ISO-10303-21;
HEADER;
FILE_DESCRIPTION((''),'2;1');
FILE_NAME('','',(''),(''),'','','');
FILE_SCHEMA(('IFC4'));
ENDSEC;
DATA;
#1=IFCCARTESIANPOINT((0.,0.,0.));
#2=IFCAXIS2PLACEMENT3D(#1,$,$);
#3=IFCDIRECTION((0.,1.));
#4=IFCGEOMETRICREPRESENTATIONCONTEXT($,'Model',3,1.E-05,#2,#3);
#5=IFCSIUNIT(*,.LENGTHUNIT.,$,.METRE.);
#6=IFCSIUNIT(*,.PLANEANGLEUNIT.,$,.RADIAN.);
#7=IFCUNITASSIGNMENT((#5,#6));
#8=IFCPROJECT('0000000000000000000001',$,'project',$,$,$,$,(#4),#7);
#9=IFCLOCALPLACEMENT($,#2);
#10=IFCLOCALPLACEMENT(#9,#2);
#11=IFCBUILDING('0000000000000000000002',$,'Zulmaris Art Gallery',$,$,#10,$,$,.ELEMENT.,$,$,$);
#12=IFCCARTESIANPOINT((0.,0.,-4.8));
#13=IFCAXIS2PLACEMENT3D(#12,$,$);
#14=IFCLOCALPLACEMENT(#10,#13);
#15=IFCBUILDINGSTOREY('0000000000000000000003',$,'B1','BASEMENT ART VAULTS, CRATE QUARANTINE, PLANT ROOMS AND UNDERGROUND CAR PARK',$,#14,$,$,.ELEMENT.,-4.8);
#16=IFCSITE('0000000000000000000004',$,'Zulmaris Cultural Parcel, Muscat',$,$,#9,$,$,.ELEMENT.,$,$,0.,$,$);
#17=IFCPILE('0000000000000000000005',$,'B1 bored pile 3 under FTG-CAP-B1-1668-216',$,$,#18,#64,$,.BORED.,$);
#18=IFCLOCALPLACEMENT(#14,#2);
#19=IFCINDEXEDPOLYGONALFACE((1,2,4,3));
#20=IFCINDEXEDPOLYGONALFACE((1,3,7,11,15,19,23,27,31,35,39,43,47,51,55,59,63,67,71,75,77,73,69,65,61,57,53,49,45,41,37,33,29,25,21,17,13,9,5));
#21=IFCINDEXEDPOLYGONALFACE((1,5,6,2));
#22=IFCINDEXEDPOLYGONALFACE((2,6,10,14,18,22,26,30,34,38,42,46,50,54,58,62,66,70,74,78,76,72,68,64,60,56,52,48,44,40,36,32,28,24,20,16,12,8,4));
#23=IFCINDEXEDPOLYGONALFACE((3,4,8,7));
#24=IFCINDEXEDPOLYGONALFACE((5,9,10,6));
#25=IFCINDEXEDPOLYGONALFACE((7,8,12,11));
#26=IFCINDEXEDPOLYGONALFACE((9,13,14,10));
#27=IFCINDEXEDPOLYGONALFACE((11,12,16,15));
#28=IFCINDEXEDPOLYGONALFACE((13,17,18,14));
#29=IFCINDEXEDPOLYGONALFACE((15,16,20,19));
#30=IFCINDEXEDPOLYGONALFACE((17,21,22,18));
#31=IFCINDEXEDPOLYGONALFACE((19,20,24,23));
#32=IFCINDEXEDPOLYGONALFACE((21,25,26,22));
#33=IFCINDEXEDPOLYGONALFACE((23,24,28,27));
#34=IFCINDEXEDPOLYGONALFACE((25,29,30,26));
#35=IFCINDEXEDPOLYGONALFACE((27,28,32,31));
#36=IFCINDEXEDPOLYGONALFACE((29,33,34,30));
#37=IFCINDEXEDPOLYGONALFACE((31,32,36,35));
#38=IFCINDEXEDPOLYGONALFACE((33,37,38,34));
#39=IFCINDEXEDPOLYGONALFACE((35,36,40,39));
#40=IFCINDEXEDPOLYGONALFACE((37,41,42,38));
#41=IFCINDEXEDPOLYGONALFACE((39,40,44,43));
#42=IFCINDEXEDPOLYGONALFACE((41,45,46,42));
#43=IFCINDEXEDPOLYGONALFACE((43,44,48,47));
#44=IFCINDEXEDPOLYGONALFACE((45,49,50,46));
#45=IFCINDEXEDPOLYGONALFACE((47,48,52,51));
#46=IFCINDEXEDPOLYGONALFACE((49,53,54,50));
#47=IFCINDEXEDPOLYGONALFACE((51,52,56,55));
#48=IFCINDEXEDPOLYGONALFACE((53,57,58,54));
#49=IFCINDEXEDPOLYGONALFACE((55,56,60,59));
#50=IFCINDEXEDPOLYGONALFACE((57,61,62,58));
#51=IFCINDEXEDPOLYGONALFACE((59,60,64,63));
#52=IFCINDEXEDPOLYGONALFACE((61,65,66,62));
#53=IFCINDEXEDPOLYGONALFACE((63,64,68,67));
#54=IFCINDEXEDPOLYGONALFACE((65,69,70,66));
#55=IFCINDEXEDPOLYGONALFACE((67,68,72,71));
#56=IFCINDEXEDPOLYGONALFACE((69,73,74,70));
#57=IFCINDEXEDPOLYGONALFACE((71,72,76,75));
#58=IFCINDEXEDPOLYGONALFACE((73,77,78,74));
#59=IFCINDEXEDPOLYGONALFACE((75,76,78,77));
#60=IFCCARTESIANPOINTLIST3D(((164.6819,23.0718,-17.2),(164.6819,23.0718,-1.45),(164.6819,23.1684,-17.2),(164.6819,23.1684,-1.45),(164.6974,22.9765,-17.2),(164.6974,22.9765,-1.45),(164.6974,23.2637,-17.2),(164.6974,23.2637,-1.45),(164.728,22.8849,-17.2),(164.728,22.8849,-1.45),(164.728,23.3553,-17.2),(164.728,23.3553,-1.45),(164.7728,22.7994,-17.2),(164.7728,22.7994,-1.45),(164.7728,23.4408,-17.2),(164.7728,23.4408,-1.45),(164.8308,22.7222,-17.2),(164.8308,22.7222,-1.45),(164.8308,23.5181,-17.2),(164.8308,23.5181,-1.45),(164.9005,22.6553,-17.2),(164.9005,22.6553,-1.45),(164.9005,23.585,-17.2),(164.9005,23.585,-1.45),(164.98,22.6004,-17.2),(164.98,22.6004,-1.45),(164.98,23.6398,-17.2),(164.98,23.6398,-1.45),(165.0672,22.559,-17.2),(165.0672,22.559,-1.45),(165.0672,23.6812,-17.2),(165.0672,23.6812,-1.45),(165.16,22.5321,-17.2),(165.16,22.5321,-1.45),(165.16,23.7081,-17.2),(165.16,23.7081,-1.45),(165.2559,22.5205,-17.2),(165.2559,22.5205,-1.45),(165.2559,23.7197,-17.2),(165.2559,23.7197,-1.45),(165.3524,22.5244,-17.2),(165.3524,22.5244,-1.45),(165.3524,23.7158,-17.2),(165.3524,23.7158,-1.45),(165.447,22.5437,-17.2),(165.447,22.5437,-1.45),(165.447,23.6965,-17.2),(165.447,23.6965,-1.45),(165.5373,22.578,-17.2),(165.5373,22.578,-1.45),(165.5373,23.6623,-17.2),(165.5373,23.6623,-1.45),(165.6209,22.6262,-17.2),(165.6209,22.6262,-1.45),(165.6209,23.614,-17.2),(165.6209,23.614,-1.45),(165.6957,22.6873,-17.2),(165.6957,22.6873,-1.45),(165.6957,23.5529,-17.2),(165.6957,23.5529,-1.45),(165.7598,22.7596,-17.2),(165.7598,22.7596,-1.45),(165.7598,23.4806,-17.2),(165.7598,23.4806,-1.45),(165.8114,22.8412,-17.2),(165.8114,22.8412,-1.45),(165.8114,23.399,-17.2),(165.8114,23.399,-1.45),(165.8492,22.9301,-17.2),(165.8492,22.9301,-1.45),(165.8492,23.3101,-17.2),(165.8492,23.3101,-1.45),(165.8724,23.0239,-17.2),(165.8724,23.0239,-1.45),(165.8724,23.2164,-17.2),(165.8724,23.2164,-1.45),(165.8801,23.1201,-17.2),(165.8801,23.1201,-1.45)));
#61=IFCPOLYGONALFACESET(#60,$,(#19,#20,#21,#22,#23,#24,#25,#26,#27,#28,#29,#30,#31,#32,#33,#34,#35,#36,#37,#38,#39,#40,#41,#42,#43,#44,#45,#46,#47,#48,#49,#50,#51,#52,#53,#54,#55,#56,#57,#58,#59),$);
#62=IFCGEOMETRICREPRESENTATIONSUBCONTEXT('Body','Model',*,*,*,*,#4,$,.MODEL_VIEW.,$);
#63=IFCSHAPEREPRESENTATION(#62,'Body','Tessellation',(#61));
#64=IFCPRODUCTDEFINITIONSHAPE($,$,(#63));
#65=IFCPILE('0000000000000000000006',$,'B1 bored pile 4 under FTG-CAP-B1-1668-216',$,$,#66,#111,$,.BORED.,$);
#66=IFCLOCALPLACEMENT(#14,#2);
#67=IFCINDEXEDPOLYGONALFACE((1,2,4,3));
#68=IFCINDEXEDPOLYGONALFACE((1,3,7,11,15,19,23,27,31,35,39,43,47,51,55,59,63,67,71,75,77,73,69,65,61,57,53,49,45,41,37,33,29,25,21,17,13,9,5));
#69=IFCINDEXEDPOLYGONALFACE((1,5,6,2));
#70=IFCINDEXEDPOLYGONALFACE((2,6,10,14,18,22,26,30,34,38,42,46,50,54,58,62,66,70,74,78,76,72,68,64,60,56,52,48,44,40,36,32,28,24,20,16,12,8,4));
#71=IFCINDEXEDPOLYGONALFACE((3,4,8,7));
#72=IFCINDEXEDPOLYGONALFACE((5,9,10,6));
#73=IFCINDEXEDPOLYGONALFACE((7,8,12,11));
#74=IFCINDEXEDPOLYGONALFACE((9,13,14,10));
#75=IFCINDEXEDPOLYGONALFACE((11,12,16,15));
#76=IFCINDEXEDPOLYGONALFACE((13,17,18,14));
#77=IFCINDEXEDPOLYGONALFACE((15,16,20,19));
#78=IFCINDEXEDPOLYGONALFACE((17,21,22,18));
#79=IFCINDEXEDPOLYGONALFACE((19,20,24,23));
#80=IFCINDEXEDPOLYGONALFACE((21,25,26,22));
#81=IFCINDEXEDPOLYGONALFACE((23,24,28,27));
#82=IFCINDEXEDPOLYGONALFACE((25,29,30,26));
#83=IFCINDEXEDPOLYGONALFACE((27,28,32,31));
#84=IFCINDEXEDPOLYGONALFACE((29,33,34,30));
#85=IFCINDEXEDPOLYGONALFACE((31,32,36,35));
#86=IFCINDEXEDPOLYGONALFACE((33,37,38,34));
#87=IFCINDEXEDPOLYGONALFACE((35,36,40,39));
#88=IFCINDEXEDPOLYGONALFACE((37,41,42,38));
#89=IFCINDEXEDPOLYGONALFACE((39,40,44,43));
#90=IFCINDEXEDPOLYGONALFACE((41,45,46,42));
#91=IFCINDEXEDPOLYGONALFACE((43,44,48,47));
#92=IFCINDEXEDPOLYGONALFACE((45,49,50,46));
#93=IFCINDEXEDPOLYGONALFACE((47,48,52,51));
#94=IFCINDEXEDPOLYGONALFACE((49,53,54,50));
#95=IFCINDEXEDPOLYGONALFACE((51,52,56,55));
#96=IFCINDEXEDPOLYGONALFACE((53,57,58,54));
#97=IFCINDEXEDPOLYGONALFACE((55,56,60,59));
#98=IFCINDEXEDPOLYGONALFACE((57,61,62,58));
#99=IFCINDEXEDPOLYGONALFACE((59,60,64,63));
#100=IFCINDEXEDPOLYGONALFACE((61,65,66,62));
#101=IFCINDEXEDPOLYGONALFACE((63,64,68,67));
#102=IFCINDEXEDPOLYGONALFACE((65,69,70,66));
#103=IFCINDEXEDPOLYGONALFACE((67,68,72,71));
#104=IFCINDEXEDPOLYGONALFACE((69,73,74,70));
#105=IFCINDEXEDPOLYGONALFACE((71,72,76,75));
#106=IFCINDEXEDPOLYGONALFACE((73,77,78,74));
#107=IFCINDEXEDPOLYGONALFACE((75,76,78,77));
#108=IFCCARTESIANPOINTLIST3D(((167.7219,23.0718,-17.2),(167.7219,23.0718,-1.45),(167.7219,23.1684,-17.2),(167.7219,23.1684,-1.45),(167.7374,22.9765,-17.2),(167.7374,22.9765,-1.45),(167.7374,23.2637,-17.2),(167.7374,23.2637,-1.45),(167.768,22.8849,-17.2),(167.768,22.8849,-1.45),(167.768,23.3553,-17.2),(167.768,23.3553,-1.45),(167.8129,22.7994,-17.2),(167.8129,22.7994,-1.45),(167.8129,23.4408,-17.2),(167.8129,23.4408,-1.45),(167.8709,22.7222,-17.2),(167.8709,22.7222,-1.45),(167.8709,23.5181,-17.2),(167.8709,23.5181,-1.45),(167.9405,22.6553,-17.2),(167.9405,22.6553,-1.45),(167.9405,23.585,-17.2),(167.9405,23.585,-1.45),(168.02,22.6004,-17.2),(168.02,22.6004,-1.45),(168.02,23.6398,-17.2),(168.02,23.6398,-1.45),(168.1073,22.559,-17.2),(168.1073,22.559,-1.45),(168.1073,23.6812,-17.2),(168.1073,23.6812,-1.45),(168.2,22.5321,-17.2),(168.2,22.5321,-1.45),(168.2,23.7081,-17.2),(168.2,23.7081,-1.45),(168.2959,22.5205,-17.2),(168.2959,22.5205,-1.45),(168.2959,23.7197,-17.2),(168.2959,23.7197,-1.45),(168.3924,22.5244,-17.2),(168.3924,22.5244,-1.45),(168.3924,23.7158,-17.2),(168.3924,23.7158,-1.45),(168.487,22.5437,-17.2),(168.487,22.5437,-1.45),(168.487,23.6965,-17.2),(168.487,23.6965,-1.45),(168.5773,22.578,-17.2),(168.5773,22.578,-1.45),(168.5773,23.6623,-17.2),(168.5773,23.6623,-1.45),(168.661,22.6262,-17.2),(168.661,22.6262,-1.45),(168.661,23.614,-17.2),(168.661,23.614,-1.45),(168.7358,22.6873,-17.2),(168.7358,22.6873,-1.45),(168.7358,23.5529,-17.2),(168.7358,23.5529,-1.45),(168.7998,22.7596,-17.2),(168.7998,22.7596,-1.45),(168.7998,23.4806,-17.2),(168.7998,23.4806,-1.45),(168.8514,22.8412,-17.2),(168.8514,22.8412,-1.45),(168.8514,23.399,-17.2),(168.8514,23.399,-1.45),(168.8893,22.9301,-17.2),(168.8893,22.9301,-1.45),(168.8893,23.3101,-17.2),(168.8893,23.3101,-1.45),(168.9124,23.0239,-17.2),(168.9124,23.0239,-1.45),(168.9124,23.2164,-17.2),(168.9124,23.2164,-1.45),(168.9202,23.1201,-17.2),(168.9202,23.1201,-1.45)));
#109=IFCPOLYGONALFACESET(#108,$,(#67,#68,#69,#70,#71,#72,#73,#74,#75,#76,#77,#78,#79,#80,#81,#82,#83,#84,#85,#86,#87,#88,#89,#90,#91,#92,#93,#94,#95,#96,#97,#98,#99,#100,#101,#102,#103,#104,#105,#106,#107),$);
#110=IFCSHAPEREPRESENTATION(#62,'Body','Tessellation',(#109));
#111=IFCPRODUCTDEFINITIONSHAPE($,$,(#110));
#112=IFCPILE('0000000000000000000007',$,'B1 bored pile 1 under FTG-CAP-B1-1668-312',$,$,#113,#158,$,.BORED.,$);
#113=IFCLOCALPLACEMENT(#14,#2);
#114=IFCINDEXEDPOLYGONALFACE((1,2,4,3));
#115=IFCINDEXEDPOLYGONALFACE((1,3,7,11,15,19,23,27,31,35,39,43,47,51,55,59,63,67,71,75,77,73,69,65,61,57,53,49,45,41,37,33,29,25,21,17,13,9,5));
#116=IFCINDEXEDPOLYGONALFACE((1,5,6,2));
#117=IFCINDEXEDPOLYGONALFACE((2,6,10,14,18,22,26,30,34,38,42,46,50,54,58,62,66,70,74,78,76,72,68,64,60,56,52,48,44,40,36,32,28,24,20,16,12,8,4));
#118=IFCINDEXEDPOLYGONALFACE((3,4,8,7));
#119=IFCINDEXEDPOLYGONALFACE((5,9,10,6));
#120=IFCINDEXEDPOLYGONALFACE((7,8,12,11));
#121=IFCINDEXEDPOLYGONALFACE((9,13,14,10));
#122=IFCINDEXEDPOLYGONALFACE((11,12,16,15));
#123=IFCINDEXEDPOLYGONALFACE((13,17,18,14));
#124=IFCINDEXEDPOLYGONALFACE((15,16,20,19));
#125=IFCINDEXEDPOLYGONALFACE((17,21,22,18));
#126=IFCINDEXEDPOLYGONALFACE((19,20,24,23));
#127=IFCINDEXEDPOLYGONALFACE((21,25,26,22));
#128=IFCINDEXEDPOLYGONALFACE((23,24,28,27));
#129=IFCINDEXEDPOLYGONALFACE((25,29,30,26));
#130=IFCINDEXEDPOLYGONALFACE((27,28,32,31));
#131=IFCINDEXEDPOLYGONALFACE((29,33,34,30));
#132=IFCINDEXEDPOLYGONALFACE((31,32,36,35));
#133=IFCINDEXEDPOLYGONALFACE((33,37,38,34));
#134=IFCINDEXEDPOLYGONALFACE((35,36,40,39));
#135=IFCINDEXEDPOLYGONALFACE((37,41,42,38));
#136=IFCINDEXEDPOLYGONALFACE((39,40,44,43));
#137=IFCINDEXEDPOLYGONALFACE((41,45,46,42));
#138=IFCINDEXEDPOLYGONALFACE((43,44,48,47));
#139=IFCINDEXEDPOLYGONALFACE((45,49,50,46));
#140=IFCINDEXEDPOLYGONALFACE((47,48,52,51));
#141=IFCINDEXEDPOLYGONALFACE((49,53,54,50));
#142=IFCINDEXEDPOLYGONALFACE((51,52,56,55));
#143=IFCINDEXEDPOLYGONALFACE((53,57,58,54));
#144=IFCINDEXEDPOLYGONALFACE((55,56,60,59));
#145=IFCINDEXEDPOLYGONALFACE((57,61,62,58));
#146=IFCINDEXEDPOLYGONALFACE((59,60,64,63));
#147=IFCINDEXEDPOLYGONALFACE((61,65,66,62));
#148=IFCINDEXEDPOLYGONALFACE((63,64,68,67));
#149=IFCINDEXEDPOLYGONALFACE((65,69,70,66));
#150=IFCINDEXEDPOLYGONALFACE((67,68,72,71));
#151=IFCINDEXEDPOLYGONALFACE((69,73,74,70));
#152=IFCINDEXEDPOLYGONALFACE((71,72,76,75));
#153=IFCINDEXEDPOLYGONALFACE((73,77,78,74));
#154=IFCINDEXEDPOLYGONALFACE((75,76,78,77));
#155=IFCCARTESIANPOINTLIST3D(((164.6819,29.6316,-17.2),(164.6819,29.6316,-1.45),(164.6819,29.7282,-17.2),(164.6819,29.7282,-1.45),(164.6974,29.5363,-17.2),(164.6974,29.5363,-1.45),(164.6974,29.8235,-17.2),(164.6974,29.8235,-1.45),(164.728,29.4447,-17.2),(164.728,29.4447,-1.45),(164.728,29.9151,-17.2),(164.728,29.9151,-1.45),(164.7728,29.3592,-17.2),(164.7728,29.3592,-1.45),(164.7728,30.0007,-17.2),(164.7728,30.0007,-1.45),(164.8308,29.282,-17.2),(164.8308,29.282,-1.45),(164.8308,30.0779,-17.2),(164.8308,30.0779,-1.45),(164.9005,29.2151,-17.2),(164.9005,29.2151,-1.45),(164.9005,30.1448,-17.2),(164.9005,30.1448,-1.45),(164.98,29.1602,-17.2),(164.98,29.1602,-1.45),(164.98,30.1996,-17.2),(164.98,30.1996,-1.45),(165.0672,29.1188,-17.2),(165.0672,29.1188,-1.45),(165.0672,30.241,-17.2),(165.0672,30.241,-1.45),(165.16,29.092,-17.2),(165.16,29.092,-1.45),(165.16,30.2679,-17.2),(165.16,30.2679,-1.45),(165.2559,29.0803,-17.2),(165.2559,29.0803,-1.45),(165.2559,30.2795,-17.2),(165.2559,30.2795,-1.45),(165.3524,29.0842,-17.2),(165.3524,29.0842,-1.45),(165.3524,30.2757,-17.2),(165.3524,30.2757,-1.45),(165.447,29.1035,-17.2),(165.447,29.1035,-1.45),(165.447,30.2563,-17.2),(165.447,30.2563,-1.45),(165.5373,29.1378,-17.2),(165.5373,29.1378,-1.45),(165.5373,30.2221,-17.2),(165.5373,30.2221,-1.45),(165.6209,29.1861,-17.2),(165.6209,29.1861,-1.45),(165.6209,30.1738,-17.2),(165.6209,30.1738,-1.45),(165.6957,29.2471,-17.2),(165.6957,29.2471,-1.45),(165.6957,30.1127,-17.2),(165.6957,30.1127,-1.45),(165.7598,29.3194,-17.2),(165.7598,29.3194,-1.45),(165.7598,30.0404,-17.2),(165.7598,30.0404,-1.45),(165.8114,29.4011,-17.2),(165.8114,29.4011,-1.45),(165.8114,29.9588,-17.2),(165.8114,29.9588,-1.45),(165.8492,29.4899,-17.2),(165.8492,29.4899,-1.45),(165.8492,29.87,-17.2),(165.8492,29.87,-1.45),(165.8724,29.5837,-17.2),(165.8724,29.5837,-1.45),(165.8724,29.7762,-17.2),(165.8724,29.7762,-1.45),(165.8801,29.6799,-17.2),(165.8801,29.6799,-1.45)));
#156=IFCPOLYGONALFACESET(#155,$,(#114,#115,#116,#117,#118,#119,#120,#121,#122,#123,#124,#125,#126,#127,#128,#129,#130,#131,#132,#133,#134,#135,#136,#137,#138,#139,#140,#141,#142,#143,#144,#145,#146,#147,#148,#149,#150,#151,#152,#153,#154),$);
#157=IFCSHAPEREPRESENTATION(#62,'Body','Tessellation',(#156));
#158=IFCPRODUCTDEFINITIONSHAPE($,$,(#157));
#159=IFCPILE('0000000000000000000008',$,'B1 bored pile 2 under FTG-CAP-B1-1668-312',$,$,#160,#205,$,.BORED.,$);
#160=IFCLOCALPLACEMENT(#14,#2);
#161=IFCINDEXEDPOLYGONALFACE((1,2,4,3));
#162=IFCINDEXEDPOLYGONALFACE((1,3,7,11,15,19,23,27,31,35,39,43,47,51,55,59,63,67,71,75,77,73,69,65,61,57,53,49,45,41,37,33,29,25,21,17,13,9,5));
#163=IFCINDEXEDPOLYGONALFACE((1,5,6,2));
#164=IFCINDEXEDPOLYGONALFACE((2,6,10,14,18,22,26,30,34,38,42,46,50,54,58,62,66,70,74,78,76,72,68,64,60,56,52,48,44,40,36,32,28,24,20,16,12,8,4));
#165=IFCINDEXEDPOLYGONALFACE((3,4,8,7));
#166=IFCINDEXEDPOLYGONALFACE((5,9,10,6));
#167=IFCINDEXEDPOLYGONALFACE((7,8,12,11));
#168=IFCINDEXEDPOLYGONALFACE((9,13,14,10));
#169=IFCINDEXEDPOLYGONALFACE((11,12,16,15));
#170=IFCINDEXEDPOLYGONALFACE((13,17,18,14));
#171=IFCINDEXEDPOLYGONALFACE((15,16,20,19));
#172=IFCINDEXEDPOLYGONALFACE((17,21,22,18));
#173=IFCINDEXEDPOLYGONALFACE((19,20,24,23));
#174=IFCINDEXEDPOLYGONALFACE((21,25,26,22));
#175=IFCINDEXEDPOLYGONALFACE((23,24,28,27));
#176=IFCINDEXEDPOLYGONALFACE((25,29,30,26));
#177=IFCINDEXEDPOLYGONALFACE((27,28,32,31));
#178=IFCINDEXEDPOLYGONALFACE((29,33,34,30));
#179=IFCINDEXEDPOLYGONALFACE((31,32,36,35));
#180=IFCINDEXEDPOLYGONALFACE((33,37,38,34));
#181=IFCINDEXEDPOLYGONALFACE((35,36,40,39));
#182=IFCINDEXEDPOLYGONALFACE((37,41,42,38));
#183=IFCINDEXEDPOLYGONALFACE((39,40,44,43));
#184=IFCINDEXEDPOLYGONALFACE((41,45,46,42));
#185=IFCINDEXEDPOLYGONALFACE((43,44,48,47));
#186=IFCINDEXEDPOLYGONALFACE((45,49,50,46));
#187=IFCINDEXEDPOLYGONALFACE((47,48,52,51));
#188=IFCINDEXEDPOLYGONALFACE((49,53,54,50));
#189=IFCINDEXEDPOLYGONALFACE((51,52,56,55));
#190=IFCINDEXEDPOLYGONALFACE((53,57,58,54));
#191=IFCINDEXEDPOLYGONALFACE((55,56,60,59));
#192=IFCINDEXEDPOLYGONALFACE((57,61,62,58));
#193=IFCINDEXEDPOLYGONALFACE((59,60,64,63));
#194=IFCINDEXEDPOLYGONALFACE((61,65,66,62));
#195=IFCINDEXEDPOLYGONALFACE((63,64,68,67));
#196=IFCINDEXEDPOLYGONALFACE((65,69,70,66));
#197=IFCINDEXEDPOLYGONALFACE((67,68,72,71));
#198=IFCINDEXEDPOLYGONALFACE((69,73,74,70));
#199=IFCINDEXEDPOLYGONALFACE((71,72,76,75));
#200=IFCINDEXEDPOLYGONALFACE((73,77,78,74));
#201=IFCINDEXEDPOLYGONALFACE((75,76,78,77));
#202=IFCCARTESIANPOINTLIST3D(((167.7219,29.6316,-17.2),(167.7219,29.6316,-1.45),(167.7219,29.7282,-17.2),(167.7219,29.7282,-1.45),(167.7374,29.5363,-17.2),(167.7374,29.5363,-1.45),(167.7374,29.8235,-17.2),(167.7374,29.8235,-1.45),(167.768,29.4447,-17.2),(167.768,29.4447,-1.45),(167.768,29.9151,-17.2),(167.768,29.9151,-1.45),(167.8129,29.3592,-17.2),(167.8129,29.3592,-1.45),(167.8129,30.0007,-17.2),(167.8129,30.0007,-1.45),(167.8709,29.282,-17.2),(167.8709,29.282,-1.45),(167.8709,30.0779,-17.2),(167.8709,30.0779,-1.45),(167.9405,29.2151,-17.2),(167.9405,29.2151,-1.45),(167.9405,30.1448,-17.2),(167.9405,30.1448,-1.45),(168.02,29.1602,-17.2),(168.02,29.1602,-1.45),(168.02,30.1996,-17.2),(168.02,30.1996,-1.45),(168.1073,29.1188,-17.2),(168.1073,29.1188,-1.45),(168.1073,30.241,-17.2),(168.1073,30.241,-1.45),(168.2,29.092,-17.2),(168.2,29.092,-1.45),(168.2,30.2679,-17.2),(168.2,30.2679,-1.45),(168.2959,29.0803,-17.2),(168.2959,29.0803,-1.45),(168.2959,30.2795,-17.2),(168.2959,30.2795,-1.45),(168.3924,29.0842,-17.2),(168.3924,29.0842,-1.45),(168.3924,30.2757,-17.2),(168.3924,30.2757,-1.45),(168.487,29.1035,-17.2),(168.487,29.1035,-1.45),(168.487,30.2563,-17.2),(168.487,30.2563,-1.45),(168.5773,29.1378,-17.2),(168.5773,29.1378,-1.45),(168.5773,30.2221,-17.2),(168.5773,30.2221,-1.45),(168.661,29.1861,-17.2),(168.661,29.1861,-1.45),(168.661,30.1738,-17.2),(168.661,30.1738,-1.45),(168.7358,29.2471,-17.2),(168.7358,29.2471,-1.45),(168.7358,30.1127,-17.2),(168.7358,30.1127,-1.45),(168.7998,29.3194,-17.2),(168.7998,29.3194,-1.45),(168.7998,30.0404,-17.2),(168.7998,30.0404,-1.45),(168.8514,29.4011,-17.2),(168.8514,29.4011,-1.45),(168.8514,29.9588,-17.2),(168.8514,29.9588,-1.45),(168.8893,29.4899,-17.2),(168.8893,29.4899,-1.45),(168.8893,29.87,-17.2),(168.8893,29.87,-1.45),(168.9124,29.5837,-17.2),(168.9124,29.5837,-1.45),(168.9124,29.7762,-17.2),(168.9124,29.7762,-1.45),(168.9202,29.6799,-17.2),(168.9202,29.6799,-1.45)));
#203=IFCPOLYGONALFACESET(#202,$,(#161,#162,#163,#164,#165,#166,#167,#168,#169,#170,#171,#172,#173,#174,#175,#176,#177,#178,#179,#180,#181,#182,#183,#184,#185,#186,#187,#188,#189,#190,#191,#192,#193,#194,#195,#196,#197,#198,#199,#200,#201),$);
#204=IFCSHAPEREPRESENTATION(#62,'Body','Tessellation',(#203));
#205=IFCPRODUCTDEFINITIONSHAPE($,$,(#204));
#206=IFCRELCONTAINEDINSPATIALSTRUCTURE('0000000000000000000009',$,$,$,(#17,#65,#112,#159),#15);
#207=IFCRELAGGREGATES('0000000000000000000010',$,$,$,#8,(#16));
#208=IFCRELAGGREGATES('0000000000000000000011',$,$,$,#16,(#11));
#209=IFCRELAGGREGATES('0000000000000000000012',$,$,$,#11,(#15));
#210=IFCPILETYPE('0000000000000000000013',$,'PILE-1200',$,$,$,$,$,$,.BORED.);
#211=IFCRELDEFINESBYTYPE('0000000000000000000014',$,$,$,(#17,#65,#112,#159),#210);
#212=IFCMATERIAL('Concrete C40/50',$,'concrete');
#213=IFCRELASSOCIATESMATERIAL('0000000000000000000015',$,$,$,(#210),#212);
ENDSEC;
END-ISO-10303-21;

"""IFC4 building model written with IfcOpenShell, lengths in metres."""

from ifc_helpers import new_model, si_unit, direction, frame, origin, origin_2d, place, context, subcontext, project, spatial, circle, extrude, material, material_profile, profile_set, type_object, element, save


model = new_model("IFC4")

# Units and contexts
model_context = context("Model", 3, precision=1e-05, world=origin(), true_north=direction((0.0, 1.0)))
body_context = subcontext(model_context, "Body", "Model", "MODEL_VIEW")
ifc_project = project(units=[si_unit("LENGTHUNIT", "METRE"), si_unit("PLANEANGLEUNIT", "RADIAN")], contexts=[model_context])

# Site, building, storey
site_placement = place(None, origin())
site = spatial("IfcSite", under=ifc_project, at=site_placement, Name="Zulmaris Cultural Parcel, Muscat", CompositionType="ELEMENT", RefElevation=0.0)
building_placement = place(site_placement, origin())
building = spatial("IfcBuilding", under=site, at=building_placement, Name="Zulmaris Art Gallery", CompositionType="ELEMENT")
storey_placement = place(building_placement, frame((0.0, 0.0, -4.8)))
storey = spatial("IfcBuildingStorey", under=building, at=storey_placement, Name="B1", Description="BASEMENT ART VAULTS, CRATE QUARANTINE, PLANT ROOMS AND UNDERGROUND CAR PARK", CompositionType="ELEMENT", Elevation=-4.8)

# Piles
ifc_material_1 = material(Name="Concrete C40/50", Category="concrete")
ifc_material_profile_1 = material_profile(ifc_material_1, circle(Radius=0.6001, at=origin_2d()), Name="PILE DIA 1200")
ifc_profile_set_1 = profile_set([ifc_material_profile_1], Name="Concrete C40/50")
pile_type = type_object("IfcPileType", Name="PILE-1200", PredefinedType="BORED", material=ifc_profile_set_1)
for number, where, z_axis, x_axis, name in (
    (1, (165.28, 23.1201, -1.45), (0.0, 0.0, -1.0), (1.0, 0.0, 0.0), "B1 bored pile 3 under FTG-CAP-B1-1668-216"),
    (2, (168.3201, 23.1201, -1.45), (0.0, 0.0, -1.0), (1.0, 0.0, 0.0), "B1 bored pile 4 under FTG-CAP-B1-1668-216"),
    (3, (165.28, 29.6799, -1.45), (0.0, 0.0, -1.0), (1.0, 0.0, 0.0), "B1 bored pile 1 under FTG-CAP-B1-1668-312"),
    (4, (168.3201, 29.6799, -1.45), (0.0, 0.0, -1.0), (1.0, 0.0, 0.0), "B1 bored pile 2 under FTG-CAP-B1-1668-312"),
):
    element("IfcPile", number, at=place(storey_placement, frame(where, z_axis=z_axis, x_axis=x_axis)), inside=storey, type_object=pile_type, Name=name, PredefinedType="BORED", context=body_context, shape_type="SweptSolid", body=[
        extrude(circle(Radius=0.6001, at=origin_2d()), origin(), (0.0, 0.0, 1.0), 15.75),
    ])

save(model, "model.ifc")
